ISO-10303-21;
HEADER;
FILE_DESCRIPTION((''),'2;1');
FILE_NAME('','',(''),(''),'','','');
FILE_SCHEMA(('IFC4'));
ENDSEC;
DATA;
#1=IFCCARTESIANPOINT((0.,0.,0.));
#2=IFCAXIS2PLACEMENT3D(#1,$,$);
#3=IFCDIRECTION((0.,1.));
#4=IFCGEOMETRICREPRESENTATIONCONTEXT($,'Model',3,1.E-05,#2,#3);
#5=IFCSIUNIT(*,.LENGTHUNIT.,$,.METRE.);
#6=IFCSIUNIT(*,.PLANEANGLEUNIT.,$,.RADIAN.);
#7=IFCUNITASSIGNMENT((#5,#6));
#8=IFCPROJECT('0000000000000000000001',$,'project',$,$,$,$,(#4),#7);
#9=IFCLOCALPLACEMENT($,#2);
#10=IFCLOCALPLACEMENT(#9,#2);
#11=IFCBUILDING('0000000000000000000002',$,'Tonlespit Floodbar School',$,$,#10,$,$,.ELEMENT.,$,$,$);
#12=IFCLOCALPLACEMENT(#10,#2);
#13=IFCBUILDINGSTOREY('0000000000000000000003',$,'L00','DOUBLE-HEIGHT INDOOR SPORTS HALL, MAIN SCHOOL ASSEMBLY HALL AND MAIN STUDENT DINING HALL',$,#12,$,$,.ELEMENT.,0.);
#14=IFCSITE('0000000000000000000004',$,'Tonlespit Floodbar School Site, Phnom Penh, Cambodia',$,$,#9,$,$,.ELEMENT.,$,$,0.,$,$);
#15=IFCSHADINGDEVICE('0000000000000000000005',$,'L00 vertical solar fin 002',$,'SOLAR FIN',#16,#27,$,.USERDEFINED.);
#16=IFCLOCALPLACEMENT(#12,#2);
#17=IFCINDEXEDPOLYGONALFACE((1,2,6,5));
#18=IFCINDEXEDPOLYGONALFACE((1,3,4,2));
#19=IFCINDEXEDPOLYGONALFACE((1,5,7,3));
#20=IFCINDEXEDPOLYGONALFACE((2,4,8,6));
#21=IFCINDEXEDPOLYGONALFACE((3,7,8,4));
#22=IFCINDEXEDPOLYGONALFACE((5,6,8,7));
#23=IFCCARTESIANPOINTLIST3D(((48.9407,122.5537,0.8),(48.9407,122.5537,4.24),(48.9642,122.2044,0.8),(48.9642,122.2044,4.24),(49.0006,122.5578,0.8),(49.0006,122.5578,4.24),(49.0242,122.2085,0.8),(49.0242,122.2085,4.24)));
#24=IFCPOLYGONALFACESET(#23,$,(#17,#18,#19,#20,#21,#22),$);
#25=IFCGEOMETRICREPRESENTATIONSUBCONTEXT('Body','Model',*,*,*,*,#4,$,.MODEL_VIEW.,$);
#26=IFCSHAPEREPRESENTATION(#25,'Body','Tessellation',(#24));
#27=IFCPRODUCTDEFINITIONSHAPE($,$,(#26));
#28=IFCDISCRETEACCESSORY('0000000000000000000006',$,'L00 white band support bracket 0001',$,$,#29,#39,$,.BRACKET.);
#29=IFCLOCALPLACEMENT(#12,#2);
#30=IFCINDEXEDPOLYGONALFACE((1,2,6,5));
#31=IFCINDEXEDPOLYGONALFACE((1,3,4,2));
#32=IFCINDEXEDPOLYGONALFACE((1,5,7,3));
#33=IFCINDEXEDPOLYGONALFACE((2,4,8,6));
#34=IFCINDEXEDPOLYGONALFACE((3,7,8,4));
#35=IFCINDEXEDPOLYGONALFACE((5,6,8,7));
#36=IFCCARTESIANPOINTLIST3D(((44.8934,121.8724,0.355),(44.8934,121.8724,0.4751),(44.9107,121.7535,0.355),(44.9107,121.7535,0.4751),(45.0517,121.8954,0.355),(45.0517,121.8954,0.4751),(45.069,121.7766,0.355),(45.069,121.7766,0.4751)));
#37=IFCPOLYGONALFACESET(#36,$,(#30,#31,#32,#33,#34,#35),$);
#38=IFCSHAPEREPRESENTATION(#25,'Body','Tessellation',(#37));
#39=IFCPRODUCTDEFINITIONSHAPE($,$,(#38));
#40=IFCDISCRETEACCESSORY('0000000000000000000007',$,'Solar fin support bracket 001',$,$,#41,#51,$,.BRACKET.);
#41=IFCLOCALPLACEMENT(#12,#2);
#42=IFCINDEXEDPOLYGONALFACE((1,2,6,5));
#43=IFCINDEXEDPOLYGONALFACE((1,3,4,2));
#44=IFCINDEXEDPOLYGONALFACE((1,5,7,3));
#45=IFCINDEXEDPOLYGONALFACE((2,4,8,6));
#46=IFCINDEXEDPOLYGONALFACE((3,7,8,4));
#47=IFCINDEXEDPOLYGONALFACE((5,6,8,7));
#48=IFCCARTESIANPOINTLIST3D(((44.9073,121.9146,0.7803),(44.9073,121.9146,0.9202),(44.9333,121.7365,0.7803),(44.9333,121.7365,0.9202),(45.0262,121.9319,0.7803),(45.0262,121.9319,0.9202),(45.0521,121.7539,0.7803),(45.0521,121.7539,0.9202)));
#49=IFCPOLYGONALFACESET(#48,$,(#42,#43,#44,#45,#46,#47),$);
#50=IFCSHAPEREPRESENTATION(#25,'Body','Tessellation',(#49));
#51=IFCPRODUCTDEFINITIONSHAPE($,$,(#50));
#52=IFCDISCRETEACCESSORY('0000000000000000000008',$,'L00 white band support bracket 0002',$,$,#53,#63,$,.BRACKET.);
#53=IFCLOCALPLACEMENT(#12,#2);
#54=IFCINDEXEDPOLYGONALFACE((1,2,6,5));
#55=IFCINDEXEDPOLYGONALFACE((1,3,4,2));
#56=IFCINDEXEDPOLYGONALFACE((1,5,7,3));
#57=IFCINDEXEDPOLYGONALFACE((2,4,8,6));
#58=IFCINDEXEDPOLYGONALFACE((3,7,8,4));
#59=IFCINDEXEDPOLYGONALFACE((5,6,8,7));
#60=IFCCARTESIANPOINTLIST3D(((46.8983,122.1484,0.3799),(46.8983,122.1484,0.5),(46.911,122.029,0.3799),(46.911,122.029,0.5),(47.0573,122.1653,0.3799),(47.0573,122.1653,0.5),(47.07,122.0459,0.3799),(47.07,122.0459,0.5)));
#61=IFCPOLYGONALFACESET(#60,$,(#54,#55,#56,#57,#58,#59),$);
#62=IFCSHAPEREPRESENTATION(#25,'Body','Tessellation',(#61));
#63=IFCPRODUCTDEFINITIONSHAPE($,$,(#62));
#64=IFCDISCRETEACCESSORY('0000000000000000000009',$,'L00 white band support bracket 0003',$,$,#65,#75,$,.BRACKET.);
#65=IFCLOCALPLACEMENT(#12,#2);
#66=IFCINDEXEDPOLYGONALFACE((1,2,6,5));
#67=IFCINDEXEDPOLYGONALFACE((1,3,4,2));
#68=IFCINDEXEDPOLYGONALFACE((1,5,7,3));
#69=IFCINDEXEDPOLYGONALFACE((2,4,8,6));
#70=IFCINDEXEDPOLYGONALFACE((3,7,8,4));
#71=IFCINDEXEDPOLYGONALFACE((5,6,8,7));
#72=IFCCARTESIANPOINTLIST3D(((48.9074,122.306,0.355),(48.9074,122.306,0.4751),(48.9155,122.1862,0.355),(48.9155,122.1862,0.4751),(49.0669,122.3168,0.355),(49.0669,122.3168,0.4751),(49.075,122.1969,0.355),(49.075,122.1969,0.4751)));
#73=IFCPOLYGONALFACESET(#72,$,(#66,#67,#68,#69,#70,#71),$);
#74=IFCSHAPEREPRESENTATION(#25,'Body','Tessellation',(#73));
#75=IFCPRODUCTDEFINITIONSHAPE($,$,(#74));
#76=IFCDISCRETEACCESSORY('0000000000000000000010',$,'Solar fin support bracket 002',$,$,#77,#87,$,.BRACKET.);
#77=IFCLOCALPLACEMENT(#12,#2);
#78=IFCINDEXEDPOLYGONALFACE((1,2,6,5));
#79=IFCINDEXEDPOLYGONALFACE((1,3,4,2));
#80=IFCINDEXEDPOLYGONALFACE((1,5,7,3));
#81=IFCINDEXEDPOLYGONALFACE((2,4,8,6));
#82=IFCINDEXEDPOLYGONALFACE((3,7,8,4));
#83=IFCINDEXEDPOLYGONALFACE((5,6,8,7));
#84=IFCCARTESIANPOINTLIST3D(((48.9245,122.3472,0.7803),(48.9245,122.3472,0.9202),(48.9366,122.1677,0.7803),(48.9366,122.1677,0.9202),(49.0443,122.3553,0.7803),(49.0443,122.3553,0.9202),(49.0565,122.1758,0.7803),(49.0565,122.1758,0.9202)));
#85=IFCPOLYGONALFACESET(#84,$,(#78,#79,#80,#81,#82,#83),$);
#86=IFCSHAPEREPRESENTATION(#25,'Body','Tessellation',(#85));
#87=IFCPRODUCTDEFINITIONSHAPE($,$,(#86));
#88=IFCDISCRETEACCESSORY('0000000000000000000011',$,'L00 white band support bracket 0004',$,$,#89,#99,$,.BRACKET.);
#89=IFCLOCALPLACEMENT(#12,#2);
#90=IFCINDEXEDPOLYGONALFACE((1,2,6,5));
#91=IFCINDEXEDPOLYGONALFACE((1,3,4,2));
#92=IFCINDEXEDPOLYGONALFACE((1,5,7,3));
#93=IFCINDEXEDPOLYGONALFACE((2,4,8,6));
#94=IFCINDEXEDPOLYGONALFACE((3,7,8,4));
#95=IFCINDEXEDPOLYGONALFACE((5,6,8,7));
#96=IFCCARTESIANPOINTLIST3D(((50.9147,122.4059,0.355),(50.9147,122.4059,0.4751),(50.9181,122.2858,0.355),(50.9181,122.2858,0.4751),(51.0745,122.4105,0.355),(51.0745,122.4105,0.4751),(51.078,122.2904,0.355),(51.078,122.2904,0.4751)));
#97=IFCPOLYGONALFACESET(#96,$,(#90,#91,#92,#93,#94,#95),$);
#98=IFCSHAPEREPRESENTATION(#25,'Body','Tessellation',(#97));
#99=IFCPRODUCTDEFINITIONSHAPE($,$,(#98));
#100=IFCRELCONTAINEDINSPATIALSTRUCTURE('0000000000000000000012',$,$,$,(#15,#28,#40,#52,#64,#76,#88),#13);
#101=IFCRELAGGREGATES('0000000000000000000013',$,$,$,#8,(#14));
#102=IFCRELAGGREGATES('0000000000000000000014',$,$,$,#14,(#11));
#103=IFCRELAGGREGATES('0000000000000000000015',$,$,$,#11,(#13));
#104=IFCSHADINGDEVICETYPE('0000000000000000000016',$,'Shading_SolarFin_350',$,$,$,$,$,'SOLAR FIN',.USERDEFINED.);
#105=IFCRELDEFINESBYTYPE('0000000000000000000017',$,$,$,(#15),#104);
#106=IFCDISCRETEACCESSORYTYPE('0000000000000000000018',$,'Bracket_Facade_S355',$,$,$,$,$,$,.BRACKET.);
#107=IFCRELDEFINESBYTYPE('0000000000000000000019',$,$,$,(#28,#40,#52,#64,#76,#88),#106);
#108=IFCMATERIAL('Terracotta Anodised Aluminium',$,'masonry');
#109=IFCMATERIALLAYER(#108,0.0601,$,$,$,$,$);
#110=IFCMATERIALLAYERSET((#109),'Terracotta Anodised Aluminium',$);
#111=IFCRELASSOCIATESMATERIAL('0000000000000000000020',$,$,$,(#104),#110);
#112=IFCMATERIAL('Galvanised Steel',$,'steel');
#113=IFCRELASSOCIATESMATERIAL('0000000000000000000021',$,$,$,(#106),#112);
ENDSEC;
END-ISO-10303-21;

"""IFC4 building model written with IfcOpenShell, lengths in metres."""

from ifc_helpers import new_model, si_unit, direction, frame, origin, origin_2d, place, context, subcontext, project, spatial, rectangle, extrude, material, layer, layer_set, type_object, element, save


model = new_model("IFC4")

# Units and contexts
model_context = context("Model", 3, precision=1e-05, world=origin(), true_north=direction((0.0, 1.0)))
body_context = subcontext(model_context, "Body", "Model", "MODEL_VIEW")
ifc_project = project(units=[si_unit("LENGTHUNIT", "METRE"), si_unit("PLANEANGLEUNIT", "RADIAN")], contexts=[model_context])

# Site, building, storey
site_placement = place(None, origin())
site = spatial("IfcSite", under=ifc_project, at=site_placement, Name="Tonlespit Floodbar School Site, Phnom Penh, Cambodia", CompositionType="ELEMENT", RefElevation=0.0)
building_placement = place(site_placement, origin())
building = spatial("IfcBuilding", under=site, at=building_placement, Name="Tonlespit Floodbar School", CompositionType="ELEMENT")
storey_placement = place(building_placement, origin())
storey = spatial("IfcBuildingStorey", under=building, at=storey_placement, Name="L00", Description="DOUBLE-HEIGHT INDOOR SPORTS HALL, MAIN SCHOOL ASSEMBLY HALL AND MAIN STUDENT DINING HALL", CompositionType="ELEMENT", Elevation=0.0)

# Shading device
ifc_material_1 = material(Name="Terracotta Anodised Aluminium", Category="masonry")
ifc_layer_1 = layer(ifc_material_1, 0.0601)
ifc_layer_set_1 = layer_set([ifc_layer_1], Name="Terracotta Anodised Aluminium")
shading_device_type = type_object("IfcShadingDeviceType", Name="Shading_SolarFin_350", ElementType="SOLAR FIN", PredefinedType="USERDEFINED", material=ifc_layer_set_1)
for number, where, z_axis, x_axis, name in (
    (1, (48.9824, 122.3811, 0.8), (0.0, 0.0, 1.0), (0.99773, 0.067347, 0.0), "L00 vertical solar fin 002"),
):
    element("IfcShadingDevice", number, at=place(storey_placement, frame(where, z_axis=z_axis, x_axis=x_axis)), inside=storey, type_object=shading_device_type, Name=name, ObjectType="SOLAR FIN", PredefinedType="USERDEFINED", context=body_context, shape_type="SweptSolid", body=[
        extrude(rectangle(XDim=0.0601, YDim=0.3501, at=origin_2d()), origin(), (0.0, 0.0, 1.0), 3.4399),
    ])

# Discrete accessories
ifc_material_2 = material(Name="Galvanised Steel", Category="steel")
discrete_accessory_type = type_object("IfcDiscreteAccessoryType", Name="Bracket_Facade_S355", PredefinedType="BRACKET", material=ifc_material_2)
discrete_accessory_1_placement = place(storey_placement, frame((44.9812, 121.8245, 0.355), z_axis=(0.0, 0.0, 1.0), x_axis=(0.989538, 0.144275, 0.0)))
element("IfcDiscreteAccessory", 2, at=discrete_accessory_1_placement, inside=storey, type_object=discrete_accessory_type, Name="L00 white band support bracket 0001", PredefinedType="BRACKET", context=body_context, shape_type="SweptSolid", body=[
    extrude(rectangle(XDim=0.1599, YDim=0.1201, at=origin_2d()), origin(), (0.0, 0.0, 1.0), 0.1201),
])
discrete_accessory_2_placement = place(storey_placement, frame((44.9797, 121.8342, 0.7803), z_axis=(0.0, 0.0, 1.0), x_axis=(0.989538, 0.144275, 0.0)))
element("IfcDiscreteAccessory", 3, at=discrete_accessory_2_placement, inside=storey, type_object=discrete_accessory_type, Name="Solar fin support bracket 001", PredefinedType="BRACKET", context=body_context, shape_type="SweptSolid", body=[
    extrude(rectangle(XDim=0.1201, YDim=0.1799, at=origin_2d()), origin(), (0.0, 0.0, 1.0), 0.1399),
])
for number, where, z_axis, x_axis, name in (
    (4, (46.9841, 122.0972, 0.3799), (0.0, 0.0, 1.0), (0.994392, 0.105754, 0.0), "L00 white band support bracket 0002"),
    (5, (48.9912, 122.2515, 0.355), (0.0, 0.0, 1.0), (0.99773, 0.067347, 0.0), "L00 white band support bracket 0003"),
):
    element("IfcDiscreteAccessory", number, at=place(storey_placement, frame(where, z_axis=z_axis, x_axis=x_axis)), inside=storey, type_object=discrete_accessory_type, Name=name, PredefinedType="BRACKET", context=body_context, shape_type="SweptSolid", body=[
        extrude(rectangle(XDim=0.1599, YDim=0.1201, at=origin_2d()), origin(), (0.0, 0.0, 1.0), 0.1201),
    ])
discrete_accessory_3_placement = place(storey_placement, frame((48.9905, 122.2615, 0.7803), z_axis=(0.0, 0.0, 1.0), x_axis=(0.99773, 0.067347, 0.0)))
element("IfcDiscreteAccessory", 6, at=discrete_accessory_3_placement, inside=storey, type_object=discrete_accessory_type, Name="Solar fin support bracket 002", PredefinedType="BRACKET", context=body_context, shape_type="SweptSolid", body=[
    extrude(rectangle(XDim=0.1201, YDim=0.1799, at=origin_2d()), origin(), (0.0, 0.0, 1.0), 0.1399),
])
discrete_accessory_4_placement = place(storey_placement, frame((50.9963, 122.3481, 0.355), z_axis=(0.0, 0.0, 1.0), x_axis=(0.999584, 0.028838, 0.0)))
element("IfcDiscreteAccessory", 7, at=discrete_accessory_4_placement, inside=storey, type_object=discrete_accessory_type, Name="L00 white band support bracket 0004", PredefinedType="BRACKET", context=body_context, shape_type="SweptSolid", body=[
    extrude(rectangle(XDim=0.1599, YDim=0.1201, at=origin_2d()), origin(), (0.0, 0.0, 1.0), 0.1201),
])

save(model, "model.ifc")
